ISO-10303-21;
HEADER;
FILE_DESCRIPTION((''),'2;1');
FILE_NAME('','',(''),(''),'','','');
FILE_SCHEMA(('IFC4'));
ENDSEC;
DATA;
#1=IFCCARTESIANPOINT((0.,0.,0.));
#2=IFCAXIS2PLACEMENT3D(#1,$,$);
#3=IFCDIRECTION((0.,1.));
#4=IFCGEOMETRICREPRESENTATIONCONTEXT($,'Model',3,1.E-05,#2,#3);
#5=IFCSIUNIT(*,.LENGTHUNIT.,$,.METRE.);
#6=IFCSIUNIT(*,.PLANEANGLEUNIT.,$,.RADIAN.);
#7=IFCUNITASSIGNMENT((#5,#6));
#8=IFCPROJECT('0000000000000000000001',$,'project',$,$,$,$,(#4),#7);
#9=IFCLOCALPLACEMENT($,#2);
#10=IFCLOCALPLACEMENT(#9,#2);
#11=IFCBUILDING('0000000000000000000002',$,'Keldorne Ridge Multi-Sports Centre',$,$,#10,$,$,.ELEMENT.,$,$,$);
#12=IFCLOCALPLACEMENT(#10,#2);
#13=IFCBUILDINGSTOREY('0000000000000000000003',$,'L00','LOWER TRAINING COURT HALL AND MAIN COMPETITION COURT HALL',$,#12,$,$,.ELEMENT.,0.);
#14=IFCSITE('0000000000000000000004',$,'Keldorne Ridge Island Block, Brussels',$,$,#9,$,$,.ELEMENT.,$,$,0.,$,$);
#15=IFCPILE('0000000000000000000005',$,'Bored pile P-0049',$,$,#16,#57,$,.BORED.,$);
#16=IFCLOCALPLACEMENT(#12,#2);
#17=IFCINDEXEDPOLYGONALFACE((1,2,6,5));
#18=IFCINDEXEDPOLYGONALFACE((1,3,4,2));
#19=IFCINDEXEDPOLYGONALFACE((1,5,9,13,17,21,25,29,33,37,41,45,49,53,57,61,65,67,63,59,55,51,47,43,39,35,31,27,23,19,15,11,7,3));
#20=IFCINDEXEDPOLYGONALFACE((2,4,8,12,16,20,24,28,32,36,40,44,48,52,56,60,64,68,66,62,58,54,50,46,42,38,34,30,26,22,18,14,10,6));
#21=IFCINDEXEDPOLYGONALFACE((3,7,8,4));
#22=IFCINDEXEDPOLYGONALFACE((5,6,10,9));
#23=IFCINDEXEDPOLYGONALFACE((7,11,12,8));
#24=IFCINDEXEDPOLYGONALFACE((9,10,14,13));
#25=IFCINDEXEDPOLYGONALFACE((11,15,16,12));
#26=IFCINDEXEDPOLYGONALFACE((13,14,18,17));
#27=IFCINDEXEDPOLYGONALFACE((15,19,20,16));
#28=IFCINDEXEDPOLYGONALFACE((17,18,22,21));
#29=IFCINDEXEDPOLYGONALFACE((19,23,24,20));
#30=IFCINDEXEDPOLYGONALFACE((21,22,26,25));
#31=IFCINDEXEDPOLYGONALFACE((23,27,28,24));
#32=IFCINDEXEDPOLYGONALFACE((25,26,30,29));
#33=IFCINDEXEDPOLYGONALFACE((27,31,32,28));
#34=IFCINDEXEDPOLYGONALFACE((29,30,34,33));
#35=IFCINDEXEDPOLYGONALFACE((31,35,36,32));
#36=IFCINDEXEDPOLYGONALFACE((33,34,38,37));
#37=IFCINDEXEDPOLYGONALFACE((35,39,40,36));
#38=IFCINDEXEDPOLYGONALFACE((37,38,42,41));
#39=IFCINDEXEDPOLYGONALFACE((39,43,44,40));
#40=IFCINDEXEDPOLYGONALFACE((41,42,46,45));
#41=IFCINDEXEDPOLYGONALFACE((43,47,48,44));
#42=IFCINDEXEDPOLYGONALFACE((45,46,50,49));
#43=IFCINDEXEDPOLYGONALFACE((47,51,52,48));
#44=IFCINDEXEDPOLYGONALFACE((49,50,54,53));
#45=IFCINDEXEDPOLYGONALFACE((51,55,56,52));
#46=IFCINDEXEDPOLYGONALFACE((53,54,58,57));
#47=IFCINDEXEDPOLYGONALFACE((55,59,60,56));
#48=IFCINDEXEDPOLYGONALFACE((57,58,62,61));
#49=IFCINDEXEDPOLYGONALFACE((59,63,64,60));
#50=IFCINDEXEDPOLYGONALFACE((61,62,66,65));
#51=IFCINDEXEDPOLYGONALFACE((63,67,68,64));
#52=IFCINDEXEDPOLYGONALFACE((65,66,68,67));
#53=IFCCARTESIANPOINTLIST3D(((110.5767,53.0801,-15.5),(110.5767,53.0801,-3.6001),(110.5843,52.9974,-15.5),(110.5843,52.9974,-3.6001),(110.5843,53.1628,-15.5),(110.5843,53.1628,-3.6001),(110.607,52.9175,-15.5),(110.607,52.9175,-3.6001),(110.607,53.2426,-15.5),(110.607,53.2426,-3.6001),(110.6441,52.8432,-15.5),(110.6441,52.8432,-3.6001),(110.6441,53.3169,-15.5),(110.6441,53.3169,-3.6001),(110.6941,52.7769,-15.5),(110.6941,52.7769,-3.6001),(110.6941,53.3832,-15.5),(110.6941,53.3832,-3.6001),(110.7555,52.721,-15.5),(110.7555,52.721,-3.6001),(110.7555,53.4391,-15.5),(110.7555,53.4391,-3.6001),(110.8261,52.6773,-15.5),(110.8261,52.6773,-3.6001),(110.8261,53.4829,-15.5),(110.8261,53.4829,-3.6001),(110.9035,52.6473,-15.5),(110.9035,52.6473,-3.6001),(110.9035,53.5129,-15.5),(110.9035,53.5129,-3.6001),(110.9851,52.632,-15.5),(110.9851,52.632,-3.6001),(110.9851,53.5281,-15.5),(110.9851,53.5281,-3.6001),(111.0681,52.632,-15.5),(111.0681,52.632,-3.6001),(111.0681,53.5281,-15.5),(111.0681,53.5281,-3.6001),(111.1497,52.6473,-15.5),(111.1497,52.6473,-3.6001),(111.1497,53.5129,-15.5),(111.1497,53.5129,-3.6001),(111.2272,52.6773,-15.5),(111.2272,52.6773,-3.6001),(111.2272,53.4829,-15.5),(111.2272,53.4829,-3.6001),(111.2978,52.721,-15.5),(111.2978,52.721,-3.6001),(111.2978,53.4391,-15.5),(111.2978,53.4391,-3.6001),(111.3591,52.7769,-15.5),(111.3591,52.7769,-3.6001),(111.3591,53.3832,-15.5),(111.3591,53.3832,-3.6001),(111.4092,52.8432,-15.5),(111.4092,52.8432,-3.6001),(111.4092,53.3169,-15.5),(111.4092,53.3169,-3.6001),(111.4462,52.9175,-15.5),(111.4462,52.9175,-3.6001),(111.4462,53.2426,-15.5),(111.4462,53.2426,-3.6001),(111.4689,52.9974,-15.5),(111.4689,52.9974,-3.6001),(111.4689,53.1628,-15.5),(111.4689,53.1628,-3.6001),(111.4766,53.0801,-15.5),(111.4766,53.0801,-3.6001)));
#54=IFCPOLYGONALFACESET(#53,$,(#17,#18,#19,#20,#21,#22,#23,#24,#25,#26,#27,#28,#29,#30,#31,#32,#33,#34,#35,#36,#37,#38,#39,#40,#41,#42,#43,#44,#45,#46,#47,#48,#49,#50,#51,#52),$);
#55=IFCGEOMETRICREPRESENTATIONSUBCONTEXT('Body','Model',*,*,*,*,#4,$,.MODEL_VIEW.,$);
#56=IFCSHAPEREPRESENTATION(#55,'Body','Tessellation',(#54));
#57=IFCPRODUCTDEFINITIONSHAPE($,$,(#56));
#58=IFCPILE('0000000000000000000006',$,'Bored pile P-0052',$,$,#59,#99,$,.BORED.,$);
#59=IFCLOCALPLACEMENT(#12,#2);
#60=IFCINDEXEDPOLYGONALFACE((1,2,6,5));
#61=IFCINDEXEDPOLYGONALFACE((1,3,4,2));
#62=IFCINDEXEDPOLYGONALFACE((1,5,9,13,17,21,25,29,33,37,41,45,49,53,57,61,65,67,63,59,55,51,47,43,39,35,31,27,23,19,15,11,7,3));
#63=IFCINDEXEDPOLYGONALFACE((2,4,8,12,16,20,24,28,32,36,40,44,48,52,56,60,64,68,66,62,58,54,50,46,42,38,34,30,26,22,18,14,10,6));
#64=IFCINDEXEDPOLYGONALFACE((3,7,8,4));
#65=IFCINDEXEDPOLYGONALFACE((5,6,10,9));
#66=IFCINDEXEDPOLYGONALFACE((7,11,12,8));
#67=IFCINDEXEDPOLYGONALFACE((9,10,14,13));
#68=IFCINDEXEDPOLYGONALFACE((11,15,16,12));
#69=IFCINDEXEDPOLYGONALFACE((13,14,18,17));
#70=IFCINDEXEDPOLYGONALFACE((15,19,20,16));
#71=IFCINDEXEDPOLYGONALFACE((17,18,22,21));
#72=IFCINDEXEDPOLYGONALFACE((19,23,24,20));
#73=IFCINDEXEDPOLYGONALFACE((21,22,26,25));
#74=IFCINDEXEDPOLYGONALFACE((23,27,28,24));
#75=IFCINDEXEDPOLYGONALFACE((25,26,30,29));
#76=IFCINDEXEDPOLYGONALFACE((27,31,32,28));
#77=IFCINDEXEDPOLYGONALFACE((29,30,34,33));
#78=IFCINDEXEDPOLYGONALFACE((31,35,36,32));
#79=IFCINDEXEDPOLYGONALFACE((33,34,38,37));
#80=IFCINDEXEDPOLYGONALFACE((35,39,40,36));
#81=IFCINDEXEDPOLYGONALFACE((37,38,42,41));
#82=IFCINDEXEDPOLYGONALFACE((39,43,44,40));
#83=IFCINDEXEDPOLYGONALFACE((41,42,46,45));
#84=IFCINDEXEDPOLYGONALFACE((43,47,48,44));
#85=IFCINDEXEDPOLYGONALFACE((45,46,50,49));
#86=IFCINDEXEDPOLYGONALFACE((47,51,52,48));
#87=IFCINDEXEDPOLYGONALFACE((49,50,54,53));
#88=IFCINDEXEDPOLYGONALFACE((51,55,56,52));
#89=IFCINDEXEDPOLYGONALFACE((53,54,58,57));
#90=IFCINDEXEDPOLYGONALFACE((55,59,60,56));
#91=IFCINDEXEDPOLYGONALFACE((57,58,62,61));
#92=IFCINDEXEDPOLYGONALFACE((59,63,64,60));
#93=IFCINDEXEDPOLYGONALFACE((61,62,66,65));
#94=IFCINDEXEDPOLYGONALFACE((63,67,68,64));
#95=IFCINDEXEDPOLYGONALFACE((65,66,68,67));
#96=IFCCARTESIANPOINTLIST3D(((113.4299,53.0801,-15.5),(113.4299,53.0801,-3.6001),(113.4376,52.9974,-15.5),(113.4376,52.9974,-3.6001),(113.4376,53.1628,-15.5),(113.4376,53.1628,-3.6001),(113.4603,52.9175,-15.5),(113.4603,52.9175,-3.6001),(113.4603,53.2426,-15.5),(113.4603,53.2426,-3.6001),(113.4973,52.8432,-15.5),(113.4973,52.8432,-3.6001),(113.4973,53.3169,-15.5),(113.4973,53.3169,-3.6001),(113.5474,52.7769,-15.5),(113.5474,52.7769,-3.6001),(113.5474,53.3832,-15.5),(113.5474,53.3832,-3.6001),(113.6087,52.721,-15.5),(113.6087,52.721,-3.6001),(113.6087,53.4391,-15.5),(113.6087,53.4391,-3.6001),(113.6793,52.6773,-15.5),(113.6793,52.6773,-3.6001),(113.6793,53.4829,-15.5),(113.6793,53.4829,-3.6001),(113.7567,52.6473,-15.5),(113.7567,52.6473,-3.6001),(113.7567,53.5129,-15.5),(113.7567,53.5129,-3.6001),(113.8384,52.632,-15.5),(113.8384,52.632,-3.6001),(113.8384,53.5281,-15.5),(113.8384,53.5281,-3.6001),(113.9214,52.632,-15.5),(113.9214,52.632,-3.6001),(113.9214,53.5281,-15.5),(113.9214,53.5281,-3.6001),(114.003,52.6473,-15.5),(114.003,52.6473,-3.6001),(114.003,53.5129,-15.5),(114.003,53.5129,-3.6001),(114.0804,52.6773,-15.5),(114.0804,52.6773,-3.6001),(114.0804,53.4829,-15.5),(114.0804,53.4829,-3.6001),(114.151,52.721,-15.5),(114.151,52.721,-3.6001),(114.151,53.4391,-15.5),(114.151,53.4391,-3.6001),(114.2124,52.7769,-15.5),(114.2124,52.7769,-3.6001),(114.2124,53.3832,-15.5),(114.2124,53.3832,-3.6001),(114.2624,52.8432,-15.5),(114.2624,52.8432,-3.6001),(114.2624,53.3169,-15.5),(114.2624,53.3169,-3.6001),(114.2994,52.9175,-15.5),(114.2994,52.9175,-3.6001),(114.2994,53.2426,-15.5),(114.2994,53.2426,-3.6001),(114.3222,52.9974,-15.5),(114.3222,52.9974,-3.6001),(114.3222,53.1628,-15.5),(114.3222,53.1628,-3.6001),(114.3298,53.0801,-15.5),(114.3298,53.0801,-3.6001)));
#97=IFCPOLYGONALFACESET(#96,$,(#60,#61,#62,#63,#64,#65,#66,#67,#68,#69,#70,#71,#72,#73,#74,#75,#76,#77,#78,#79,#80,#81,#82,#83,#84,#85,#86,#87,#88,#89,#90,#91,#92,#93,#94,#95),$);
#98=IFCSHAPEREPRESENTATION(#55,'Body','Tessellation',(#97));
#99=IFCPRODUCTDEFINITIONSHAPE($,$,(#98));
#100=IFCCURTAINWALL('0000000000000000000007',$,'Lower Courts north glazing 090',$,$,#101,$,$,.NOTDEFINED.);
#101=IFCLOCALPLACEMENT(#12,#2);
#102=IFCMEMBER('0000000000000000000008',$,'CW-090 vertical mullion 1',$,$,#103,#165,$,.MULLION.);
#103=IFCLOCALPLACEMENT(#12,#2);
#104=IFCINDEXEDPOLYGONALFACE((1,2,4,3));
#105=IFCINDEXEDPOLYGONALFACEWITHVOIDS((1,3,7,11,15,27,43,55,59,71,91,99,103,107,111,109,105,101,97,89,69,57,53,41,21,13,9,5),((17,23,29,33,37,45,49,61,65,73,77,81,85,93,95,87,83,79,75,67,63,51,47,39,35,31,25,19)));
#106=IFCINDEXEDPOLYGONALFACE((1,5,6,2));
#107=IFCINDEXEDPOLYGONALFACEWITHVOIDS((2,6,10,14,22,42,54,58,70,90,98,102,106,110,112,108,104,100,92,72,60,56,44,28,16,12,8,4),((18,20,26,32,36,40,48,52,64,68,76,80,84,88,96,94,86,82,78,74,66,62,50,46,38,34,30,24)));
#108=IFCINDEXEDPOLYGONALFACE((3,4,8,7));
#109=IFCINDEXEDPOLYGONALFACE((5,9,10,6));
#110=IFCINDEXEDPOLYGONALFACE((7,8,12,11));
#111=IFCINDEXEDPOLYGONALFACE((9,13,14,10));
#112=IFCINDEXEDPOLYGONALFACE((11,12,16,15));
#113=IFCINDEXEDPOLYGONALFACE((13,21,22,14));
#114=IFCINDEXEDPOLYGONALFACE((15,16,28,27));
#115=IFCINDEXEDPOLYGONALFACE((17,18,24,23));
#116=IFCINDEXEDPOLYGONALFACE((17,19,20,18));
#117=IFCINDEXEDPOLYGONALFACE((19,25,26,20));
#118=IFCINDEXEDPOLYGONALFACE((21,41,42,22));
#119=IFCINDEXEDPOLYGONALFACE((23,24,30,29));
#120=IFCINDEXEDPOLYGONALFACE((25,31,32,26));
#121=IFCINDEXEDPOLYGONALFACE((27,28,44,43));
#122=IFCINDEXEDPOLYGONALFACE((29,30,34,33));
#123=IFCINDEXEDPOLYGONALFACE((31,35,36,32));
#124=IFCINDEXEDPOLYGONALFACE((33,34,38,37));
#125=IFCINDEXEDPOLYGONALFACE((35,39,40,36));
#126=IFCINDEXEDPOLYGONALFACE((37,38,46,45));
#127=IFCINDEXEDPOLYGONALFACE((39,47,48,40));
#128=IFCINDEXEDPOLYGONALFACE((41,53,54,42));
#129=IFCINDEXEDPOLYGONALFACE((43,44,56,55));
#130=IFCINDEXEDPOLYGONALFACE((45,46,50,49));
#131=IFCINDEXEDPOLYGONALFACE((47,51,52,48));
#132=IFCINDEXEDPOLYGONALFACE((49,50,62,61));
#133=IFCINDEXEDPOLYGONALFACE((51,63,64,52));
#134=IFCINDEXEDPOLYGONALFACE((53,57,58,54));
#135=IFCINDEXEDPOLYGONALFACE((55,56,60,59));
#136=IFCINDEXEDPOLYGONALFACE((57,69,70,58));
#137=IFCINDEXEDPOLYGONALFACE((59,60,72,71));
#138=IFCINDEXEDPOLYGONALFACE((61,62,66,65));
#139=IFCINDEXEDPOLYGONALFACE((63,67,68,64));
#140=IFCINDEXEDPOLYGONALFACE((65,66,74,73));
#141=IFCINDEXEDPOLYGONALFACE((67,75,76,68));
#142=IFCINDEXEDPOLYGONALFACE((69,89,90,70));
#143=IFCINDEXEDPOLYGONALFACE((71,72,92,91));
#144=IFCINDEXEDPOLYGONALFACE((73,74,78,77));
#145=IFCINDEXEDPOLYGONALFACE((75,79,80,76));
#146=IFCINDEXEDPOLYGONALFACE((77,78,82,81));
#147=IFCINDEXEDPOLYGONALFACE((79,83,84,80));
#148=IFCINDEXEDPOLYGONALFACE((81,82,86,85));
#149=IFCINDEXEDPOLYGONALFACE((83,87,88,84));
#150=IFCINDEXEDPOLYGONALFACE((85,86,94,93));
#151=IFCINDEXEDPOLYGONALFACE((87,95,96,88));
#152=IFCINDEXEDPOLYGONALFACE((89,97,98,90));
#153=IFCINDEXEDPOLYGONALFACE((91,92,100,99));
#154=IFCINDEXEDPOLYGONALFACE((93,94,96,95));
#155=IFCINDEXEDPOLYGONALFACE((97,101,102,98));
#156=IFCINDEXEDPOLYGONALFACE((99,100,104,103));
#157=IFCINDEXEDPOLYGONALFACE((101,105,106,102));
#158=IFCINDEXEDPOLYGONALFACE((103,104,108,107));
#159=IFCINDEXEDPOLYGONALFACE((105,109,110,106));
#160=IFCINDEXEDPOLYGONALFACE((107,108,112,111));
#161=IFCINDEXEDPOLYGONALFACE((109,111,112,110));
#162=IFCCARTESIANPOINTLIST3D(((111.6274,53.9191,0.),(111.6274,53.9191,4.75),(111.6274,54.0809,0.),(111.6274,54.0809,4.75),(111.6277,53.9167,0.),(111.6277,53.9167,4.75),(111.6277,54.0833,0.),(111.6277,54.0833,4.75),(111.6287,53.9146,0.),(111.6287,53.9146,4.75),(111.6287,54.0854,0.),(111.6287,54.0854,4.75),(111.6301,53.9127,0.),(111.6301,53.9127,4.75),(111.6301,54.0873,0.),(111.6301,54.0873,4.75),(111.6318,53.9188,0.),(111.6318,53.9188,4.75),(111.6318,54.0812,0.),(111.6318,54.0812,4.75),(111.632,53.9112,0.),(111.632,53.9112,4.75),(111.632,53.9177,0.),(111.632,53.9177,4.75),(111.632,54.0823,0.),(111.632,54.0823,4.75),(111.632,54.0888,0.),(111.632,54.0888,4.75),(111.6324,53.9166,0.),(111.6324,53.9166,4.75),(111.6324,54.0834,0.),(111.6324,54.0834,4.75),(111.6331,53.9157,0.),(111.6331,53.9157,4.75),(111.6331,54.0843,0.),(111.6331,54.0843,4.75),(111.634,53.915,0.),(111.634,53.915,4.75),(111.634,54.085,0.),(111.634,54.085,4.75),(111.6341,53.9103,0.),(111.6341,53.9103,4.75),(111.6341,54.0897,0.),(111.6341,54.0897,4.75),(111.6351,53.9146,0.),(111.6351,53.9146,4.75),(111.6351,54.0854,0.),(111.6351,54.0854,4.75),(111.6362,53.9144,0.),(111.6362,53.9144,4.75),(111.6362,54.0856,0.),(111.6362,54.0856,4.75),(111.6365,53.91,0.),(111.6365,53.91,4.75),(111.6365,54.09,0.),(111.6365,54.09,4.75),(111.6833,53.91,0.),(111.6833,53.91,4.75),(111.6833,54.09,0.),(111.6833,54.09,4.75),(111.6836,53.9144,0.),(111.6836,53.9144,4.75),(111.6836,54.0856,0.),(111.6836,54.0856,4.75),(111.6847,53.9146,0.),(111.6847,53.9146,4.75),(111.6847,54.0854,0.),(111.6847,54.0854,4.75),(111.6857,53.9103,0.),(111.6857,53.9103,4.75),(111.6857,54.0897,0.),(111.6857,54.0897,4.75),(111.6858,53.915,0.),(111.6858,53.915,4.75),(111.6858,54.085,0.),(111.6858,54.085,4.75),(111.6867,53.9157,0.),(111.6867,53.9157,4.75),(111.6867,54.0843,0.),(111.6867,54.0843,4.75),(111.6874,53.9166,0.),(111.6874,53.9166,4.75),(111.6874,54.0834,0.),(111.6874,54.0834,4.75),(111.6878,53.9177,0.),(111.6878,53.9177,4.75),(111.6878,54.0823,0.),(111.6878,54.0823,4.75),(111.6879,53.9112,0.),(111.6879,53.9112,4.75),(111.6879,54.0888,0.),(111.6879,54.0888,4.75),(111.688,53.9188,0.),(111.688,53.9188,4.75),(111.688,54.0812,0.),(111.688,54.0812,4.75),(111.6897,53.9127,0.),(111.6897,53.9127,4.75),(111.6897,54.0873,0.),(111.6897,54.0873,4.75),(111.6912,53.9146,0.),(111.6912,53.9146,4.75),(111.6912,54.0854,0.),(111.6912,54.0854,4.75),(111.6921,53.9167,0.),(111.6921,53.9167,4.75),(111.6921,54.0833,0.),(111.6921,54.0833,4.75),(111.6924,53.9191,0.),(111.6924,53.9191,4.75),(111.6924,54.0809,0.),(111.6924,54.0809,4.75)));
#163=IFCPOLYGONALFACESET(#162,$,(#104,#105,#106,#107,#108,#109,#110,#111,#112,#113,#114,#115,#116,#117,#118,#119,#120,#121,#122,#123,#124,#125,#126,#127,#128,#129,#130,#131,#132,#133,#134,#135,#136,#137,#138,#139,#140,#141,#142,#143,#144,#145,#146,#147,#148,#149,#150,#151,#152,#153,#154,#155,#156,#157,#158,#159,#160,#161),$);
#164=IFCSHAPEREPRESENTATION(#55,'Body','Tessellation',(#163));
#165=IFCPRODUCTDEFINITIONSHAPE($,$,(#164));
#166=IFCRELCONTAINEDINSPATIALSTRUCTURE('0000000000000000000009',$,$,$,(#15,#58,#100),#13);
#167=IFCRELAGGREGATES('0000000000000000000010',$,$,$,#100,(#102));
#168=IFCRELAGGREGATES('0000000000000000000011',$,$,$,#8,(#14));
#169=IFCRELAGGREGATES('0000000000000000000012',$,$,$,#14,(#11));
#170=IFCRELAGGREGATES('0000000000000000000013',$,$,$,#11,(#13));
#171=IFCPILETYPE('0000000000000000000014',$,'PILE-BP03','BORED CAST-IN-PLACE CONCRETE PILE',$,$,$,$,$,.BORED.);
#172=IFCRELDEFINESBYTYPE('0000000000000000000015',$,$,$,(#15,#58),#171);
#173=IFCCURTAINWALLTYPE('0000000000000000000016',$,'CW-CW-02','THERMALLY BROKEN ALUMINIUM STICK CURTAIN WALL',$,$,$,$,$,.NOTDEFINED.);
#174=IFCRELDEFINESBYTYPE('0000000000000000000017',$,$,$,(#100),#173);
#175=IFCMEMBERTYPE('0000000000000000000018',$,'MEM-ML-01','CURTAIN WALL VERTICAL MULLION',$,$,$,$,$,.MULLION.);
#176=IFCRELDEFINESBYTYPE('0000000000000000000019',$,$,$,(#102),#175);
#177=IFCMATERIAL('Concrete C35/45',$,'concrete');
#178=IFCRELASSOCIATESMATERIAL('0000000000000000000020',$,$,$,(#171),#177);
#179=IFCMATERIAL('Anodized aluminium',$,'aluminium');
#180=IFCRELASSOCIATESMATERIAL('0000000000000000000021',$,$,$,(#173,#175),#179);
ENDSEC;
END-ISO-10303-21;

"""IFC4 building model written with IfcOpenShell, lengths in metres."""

from ifc_helpers import new_model, si_unit, direction, frame, origin, origin_2d, place, context, subcontext, project, spatial, hollow_rectangle, circle, extrude, material, material_profile, profile_set, type_object, element, aggregate, save


model = new_model("IFC4")

# Units and contexts
model_context = context("Model", 3, precision=1e-05, world=origin(), true_north=direction((0.0, 1.0)))
body_context = subcontext(model_context, "Body", "Model", "MODEL_VIEW")
ifc_project = project(units=[si_unit("LENGTHUNIT", "METRE"), si_unit("PLANEANGLEUNIT", "RADIAN")], contexts=[model_context])

# Site, building, storey
site_placement = place(None, origin())
site = spatial("IfcSite", under=ifc_project, at=site_placement, Name="Keldorne Ridge Island Block, Brussels", CompositionType="ELEMENT", RefElevation=0.0)
building_placement = place(site_placement, origin())
building = spatial("IfcBuilding", under=site, at=building_placement, Name="Keldorne Ridge Multi-Sports Centre", CompositionType="ELEMENT")
storey_placement = place(building_placement, origin())
storey = spatial("IfcBuildingStorey", under=building, at=storey_placement, Name="L00", Description="LOWER TRAINING COURT HALL AND MAIN COMPETITION COURT HALL", CompositionType="ELEMENT", Elevation=0.0)

# Piles
ifc_material_1 = material(Name="Concrete C35/45", Category="concrete")
ifc_material_profile_1 = material_profile(ifc_material_1, circle(Radius=0.45, at=origin_2d()), Name="BORED PILE D900")
ifc_profile_set_1 = profile_set([ifc_material_profile_1], Name="Concrete C35/45")
pile_type = type_object("IfcPileType", Name="PILE-BP03", Description="BORED CAST-IN-PLACE CONCRETE PILE", PredefinedType="BORED", material=ifc_profile_set_1)
for number, where, z_axis, x_axis, name in (
    (1, (111.0266, 53.0801, -3.6001), (0.0, 0.0, -1.0), (1.0, 0.0, 0.0), "Bored pile P-0049"),
    (2, (113.8799, 53.0801, -3.6001), (0.0, 0.0, -1.0), (1.0, 0.0, 0.0), "Bored pile P-0052"),
):
    element("IfcPile", number, at=place(storey_placement, frame(where, z_axis=z_axis, x_axis=x_axis)), inside=storey, type_object=pile_type, Name=name, PredefinedType="BORED", context=body_context, shape_type="SweptSolid", body=[
        extrude(circle(Radius=0.45, at=origin_2d()), origin(), (0.0, 0.0, 1.0), 11.8999),
    ])

# Curtain wall, member
ifc_material_2 = material(Name="Anodized aluminium", Category="aluminium")
curtain_wall_type = type_object("IfcCurtainWallType", Name="CW-CW-02", Description="THERMALLY BROKEN ALUMINIUM STICK CURTAIN WALL", PredefinedType="NOTDEFINED", material=ifc_material_2)
curtain_wall_placement = place(storey_placement, origin())
curtain_wall = element("IfcCurtainWall", 3, at=curtain_wall_placement, inside=storey, type_object=curtain_wall_type, Name="Lower Courts north glazing 090", PredefinedType="NOTDEFINED")
ifc_material_profile_2 = material_profile(ifc_material_2, hollow_rectangle(XDim=0.0649, YDim=0.1799, WallThickness=0.0044, InnerFilletRadius=0.0044, OuterFilletRadius=0.009, at=origin_2d()), Name="ALU MULLION 180x65x4.5")
ifc_profile_set_2 = profile_set([ifc_material_profile_2], Name="Anodized aluminium")
member_type_1 = type_object("IfcMemberType", Name="MEM-ML-01", Description="CURTAIN WALL VERTICAL MULLION", PredefinedType="MULLION", material=ifc_profile_set_2)
member_1_placement = place(storey_placement, frame((111.6599, 54.0, 0.0), z_axis=(0.0, 0.0, 1.0), x_axis=(1.0, 0.0, 0.0)))
member_1 = element("IfcMember", 4, at=member_1_placement, type_object=member_type_1, Name="CW-090 vertical mullion 1", PredefinedType="MULLION", context=body_context, shape_type="SweptSolid", body=[
    extrude(hollow_rectangle(XDim=0.0649, YDim=0.1799, WallThickness=0.0044, InnerFilletRadius=0.0044, OuterFilletRadius=0.009, at=origin_2d()), origin(), (0.0, 0.0, 1.0), 4.75),
])
aggregate(curtain_wall, [member_1])

save(model, "model.ifc")
